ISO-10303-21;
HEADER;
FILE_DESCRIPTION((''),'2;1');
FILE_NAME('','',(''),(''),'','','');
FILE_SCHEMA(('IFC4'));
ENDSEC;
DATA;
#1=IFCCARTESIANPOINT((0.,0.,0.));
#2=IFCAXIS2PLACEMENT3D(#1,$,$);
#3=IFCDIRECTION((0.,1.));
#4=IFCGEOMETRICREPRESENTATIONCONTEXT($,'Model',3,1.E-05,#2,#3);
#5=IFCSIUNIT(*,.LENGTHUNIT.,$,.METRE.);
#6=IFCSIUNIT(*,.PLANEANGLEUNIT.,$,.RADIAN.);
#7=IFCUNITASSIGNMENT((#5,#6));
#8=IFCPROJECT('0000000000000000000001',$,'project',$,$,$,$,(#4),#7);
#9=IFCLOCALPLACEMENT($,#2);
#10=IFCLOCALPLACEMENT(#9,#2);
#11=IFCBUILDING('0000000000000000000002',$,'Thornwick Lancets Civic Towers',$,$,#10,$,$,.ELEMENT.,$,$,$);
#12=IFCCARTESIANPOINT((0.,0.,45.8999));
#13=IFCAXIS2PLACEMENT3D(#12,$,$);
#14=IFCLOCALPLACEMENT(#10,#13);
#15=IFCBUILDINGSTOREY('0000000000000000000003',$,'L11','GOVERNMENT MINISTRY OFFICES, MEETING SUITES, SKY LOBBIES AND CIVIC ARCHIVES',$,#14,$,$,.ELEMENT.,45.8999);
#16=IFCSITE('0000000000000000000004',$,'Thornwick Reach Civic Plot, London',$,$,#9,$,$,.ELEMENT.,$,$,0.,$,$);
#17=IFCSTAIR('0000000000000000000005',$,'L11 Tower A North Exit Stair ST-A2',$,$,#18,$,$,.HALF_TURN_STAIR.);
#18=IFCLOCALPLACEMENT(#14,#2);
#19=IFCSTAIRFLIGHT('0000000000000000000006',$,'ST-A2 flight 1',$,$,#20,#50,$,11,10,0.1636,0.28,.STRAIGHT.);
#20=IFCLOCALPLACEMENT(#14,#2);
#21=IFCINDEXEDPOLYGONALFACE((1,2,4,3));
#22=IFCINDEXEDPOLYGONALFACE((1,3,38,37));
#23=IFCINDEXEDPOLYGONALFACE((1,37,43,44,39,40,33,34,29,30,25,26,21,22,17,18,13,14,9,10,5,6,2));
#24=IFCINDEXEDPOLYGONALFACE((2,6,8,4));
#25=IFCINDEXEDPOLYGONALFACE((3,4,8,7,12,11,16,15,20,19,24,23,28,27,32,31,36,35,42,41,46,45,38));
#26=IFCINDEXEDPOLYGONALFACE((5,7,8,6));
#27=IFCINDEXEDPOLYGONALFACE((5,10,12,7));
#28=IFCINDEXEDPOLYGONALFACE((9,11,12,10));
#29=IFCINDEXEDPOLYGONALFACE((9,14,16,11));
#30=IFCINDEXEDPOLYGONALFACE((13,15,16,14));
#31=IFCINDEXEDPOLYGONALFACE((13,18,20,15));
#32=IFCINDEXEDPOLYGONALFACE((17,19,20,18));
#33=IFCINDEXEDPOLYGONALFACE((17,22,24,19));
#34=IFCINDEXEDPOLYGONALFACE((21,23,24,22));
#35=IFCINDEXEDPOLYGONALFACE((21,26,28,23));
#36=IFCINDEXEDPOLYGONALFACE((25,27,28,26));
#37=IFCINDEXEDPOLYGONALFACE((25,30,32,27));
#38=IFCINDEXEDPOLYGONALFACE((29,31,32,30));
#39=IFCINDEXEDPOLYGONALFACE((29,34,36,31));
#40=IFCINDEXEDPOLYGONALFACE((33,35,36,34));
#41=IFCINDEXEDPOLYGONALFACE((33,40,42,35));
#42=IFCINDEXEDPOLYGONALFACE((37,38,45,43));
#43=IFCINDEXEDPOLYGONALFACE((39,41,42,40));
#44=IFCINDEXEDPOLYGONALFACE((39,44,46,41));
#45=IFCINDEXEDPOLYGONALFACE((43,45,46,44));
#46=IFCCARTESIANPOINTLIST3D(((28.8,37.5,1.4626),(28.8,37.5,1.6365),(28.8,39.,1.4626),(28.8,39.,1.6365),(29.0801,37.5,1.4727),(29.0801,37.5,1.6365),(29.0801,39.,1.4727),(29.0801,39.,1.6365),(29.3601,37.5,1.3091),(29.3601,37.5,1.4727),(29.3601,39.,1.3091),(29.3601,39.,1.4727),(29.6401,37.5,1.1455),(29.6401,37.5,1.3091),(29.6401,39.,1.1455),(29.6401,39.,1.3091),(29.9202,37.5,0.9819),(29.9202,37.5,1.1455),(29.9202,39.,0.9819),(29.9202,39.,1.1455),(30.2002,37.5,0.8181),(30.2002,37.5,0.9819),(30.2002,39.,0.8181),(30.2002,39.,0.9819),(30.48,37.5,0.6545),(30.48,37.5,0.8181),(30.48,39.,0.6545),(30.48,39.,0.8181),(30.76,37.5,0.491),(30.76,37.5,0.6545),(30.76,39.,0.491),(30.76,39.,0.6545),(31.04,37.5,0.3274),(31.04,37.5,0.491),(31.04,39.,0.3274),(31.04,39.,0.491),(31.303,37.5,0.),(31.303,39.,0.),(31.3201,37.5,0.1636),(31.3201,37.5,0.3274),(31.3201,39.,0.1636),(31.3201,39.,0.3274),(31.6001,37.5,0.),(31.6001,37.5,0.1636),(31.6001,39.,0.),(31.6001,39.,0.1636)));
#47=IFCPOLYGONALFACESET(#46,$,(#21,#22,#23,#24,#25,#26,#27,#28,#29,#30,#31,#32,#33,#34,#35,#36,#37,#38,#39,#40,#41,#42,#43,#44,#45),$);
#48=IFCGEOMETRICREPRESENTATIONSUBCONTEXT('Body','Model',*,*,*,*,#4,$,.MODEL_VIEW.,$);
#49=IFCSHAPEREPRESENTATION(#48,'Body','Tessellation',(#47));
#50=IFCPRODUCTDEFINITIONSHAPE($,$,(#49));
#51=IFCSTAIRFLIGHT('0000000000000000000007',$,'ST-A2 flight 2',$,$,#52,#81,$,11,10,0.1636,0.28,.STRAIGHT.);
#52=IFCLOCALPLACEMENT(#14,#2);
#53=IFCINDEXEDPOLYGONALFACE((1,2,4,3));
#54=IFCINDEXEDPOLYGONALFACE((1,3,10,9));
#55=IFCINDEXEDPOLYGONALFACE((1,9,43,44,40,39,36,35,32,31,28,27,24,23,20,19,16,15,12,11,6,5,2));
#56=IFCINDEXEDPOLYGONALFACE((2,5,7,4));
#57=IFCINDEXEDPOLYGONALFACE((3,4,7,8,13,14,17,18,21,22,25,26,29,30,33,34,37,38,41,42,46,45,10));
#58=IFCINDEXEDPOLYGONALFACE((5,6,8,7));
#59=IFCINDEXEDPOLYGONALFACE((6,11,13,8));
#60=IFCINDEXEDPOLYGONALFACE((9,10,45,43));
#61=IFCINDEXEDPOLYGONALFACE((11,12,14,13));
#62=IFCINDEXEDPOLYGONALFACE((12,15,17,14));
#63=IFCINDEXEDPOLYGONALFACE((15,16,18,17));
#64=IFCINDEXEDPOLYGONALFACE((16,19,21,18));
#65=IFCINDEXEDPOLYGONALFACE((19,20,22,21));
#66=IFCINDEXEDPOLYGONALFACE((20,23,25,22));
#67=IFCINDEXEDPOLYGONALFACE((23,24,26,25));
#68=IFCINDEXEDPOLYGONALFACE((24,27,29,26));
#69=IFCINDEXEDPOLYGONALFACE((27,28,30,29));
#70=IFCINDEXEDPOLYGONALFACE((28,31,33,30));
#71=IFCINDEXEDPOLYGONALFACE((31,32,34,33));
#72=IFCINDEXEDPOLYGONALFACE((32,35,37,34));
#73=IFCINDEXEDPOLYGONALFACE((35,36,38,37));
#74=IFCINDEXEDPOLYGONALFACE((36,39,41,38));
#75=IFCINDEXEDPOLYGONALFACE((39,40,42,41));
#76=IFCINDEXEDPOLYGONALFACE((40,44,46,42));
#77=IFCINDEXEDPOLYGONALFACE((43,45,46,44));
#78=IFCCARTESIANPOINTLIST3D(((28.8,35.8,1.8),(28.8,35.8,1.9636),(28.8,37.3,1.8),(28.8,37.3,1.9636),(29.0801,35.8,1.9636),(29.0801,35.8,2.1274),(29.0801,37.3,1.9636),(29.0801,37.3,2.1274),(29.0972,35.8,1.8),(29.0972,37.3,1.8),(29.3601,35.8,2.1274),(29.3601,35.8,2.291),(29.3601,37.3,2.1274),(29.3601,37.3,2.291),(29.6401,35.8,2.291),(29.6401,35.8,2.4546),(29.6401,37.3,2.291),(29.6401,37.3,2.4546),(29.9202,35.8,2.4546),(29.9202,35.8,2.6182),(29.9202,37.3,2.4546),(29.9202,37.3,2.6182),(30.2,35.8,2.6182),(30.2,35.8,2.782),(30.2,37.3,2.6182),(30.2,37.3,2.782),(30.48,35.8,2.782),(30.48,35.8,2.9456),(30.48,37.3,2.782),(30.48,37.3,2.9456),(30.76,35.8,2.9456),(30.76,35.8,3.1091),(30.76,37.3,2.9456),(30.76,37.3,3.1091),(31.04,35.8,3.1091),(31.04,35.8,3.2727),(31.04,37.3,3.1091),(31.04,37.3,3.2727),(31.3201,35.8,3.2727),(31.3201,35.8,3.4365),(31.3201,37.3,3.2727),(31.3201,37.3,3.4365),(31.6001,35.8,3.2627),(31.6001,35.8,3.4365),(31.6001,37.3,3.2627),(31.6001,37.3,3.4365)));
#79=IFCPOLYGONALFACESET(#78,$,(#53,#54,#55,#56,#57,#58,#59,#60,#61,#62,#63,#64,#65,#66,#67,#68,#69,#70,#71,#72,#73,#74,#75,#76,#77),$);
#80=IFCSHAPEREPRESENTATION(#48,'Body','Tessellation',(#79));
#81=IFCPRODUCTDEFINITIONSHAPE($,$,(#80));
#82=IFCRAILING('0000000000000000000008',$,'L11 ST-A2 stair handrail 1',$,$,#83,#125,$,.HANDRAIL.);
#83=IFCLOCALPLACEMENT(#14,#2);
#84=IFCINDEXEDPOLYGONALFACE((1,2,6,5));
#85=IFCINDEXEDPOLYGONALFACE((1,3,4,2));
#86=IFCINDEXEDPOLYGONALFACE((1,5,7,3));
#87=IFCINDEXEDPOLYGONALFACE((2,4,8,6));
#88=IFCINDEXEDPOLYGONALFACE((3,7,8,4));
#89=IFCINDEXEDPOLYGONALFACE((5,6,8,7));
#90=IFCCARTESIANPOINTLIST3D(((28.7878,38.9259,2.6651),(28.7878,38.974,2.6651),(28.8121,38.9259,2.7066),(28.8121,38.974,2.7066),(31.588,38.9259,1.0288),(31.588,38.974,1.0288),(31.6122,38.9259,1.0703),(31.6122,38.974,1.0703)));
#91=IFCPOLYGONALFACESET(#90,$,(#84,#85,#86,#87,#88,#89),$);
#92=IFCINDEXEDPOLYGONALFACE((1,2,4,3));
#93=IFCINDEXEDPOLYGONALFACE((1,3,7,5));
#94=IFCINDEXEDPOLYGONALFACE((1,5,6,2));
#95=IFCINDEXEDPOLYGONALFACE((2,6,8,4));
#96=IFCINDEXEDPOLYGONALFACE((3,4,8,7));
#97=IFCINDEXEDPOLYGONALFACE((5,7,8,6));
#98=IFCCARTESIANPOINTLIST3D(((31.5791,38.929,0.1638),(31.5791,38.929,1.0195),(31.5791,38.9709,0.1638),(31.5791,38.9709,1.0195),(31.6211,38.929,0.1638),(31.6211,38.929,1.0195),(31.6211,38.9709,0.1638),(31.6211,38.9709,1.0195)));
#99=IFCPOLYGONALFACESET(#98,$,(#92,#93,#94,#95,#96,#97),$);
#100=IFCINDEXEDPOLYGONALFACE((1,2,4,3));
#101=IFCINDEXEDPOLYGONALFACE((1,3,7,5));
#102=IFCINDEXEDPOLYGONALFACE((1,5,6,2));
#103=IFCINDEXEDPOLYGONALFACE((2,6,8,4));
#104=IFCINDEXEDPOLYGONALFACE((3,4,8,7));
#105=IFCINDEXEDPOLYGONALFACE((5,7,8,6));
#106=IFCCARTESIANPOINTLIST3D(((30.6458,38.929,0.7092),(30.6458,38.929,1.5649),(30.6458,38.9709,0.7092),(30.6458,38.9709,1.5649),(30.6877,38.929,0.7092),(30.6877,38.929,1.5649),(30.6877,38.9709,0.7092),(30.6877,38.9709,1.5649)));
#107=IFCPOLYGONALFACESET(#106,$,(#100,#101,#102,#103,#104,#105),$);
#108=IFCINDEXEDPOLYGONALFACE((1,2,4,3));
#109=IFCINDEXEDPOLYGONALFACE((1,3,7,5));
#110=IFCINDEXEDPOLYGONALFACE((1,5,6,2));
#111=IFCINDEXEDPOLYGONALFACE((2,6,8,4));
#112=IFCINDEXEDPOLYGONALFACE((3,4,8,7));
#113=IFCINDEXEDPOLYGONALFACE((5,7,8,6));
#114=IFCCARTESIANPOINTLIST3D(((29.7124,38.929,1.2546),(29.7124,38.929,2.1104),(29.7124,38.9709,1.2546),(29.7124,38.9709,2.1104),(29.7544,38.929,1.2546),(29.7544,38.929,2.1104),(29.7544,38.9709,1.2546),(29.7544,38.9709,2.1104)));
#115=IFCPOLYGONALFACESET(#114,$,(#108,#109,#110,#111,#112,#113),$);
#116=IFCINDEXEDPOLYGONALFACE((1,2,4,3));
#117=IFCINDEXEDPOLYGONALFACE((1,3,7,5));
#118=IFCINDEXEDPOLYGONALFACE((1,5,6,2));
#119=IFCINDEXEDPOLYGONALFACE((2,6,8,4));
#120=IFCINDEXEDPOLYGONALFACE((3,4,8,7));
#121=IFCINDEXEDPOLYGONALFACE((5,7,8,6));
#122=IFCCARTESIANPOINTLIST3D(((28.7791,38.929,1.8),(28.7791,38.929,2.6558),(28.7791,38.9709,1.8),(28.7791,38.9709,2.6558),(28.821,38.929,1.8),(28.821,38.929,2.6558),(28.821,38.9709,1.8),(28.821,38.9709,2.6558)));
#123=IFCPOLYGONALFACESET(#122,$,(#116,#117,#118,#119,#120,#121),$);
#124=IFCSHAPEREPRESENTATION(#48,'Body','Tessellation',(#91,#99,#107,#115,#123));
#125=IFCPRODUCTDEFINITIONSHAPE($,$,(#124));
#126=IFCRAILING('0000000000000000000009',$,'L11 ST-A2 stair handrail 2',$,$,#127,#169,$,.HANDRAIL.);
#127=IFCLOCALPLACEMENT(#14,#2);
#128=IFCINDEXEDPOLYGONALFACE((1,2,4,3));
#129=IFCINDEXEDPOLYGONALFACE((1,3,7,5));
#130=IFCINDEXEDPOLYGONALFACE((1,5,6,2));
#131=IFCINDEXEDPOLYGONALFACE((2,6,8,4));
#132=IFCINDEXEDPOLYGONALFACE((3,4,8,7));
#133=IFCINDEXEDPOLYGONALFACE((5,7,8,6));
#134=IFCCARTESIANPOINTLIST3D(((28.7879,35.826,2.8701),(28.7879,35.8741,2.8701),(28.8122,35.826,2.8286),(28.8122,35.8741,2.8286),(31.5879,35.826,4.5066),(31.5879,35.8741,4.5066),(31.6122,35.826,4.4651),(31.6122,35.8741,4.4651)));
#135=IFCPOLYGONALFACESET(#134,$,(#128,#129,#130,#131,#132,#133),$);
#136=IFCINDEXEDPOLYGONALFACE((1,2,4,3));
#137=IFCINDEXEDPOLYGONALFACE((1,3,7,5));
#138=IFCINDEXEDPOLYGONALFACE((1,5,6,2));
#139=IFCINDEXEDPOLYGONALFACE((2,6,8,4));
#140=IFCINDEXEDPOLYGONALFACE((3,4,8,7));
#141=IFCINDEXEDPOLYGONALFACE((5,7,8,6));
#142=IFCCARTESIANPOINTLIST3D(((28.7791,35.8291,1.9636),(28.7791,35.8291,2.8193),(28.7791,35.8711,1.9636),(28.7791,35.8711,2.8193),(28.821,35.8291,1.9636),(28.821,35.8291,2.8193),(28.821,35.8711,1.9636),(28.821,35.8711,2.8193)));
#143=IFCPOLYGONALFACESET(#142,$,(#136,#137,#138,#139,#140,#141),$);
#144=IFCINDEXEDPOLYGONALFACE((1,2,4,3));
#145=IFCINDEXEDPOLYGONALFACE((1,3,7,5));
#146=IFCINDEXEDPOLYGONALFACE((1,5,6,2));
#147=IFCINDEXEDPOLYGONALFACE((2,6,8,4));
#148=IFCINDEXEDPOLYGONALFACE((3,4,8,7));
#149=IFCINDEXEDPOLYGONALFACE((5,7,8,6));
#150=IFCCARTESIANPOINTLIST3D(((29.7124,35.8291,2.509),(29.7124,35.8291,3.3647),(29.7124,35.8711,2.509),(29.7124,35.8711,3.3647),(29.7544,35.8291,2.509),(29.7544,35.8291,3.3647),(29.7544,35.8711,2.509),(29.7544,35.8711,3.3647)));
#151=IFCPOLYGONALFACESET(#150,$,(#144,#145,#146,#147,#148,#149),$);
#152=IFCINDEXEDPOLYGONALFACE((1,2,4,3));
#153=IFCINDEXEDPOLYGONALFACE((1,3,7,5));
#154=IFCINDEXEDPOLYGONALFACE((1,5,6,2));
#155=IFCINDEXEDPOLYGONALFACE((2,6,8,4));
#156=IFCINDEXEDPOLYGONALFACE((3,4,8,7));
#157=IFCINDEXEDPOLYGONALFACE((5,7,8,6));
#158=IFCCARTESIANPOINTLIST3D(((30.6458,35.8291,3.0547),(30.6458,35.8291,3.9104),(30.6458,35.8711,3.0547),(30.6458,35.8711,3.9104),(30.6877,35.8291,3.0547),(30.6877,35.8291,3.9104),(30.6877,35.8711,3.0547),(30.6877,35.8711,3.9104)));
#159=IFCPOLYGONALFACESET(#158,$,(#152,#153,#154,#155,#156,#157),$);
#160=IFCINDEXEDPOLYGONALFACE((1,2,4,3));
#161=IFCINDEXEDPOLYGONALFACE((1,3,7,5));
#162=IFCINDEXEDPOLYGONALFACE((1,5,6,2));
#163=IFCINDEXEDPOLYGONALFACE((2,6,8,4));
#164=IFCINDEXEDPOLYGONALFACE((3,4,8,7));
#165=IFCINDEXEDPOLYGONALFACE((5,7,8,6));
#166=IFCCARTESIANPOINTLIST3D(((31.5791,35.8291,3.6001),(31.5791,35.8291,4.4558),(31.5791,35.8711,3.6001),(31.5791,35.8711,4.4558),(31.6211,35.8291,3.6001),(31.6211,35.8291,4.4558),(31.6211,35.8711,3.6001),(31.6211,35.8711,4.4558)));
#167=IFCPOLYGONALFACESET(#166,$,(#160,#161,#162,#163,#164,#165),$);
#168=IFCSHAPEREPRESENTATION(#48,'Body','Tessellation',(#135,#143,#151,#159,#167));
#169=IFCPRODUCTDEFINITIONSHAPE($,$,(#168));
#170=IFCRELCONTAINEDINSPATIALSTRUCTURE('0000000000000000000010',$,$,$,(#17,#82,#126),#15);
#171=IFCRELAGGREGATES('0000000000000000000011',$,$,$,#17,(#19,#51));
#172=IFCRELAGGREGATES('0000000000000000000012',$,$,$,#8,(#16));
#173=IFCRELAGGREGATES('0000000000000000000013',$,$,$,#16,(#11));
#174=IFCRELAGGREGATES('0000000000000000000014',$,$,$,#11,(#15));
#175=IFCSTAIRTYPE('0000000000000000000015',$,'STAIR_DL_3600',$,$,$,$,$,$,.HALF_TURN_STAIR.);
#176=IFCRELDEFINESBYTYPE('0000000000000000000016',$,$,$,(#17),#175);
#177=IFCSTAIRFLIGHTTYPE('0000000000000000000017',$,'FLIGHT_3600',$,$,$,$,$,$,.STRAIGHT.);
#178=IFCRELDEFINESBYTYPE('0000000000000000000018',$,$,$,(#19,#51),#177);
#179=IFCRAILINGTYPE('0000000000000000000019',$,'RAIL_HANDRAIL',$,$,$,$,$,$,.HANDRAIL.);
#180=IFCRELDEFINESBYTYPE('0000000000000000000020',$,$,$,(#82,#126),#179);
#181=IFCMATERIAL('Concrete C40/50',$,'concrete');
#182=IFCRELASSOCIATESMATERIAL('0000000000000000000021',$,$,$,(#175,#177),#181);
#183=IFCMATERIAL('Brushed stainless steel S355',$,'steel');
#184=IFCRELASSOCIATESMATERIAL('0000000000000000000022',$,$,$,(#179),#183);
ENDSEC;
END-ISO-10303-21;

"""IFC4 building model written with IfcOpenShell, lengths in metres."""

from ifc_helpers import new_model, si_unit, direction, frame, origin, origin_2d, place, context, subcontext, project, spatial, polyline, rectangle, outline, extrude, material, type_object, element, aggregate, save


model = new_model("IFC4")

# Units and contexts
model_context = context("Model", 3, precision=1e-05, world=origin(), true_north=direction((0.0, 1.0)))
body_context = subcontext(model_context, "Body", "Model", "MODEL_VIEW")
ifc_project = project(units=[si_unit("LENGTHUNIT", "METRE"), si_unit("PLANEANGLEUNIT", "RADIAN")], contexts=[model_context])

# Site, building, storey
site_placement = place(None, origin())
site = spatial("IfcSite", under=ifc_project, at=site_placement, Name="Thornwick Reach Civic Plot, London", CompositionType="ELEMENT", RefElevation=0.0)
building_placement = place(site_placement, origin())
building = spatial("IfcBuilding", under=site, at=building_placement, Name="Thornwick Lancets Civic Towers", CompositionType="ELEMENT")
storey_placement = place(building_placement, frame((0.0, 0.0, 45.8999)))
storey = spatial("IfcBuildingStorey", under=building, at=storey_placement, Name="L11", Description="GOVERNMENT MINISTRY OFFICES, MEETING SUITES, SKY LOBBIES AND CIVIC ARCHIVES", CompositionType="ELEMENT", Elevation=45.8999)

# Shared definitions
ifc_material_1 = material(Name="Concrete C40/50", Category="concrete")

# Stair, stair flights
stair_type = type_object("IfcStairType", Name="STAIR_DL_3600", PredefinedType="HALF_TURN_STAIR", material=ifc_material_1)
stair_placement = place(storey_placement, origin())
stair = element("IfcStair", 1, at=stair_placement, inside=storey, type_object=stair_type, Name="L11 Tower A North Exit Stair ST-A2", PredefinedType="HALF_TURN_STAIR")
stair_flight_type = type_object("IfcStairFlightType", Name="FLIGHT_3600", PredefinedType="STRAIGHT", material=ifc_material_1)
stair_flight_1_placement = place(storey_placement, frame((31.6001, 38.25, 0.0), z_axis=(0.0, 0.0, 1.0), x_axis=(-1.0, 0.0, 0.0)))
stair_flight_1 = element("IfcStairFlight", 2, at=stair_flight_1_placement, type_object=stair_flight_type, Name="ST-A2 flight 1", NumberOfRisers=11, NumberOfTreads=10, PredefinedType="STRAIGHT", RiserHeight=0.1636, TreadLength=0.28, context=body_context, shape_type="SweptSolid", body=[
    extrude(outline(polyline([(0.0, 0.0), (0.0, 0.1636), (0.28, 0.1636), (0.28, 0.3274), (0.5601, 0.3274), (0.5601, 0.491), (0.8401, 0.491), (0.8401, 0.6545), (1.1201, 0.6545), (1.1201, 0.8181), (1.3999, 0.8181), (1.3999, 0.9819), (1.6799, 0.9819), (1.6799, 1.1455), (1.96, 1.1455), (1.96, 1.3091), (2.24, 1.3091), (2.24, 1.4727), (2.52, 1.4727), (2.52, 1.6365), (2.8, 1.6365), (2.8, 1.8), (2.8, 1.4626), (0.2971, 0.0), (0.0, 0.0)])), frame((0.0, 0.75, 0.0), z_axis=(0.0, -1.0, 0.0), x_axis=(1.0, 0.0, 0.0)), (0.0, 0.0, 1.0), 1.5),
])
stair_flight_2_placement = place(storey_placement, frame((28.8, 36.55, 1.8), z_axis=(0.0, 0.0, 1.0), x_axis=(1.0, 0.0, 0.0)))
stair_flight_2 = element("IfcStairFlight", 3, at=stair_flight_2_placement, type_object=stair_flight_type, Name="ST-A2 flight 2", NumberOfRisers=11, NumberOfTreads=10, PredefinedType="STRAIGHT", RiserHeight=0.1636, TreadLength=0.28, context=body_context, shape_type="SweptSolid", body=[
    extrude(outline(polyline([(0.0, 0.0), (0.0, 0.1636), (0.28, 0.1636), (0.28, 0.3274), (0.5601, 0.3274), (0.5601, 0.491), (0.8401, 0.491), (0.8401, 0.6545), (1.1201, 0.6545), (1.1201, 0.8181), (1.3999, 0.8181), (1.3999, 0.9819), (1.6799, 0.9819), (1.6799, 1.1455), (1.96, 1.1455), (1.96, 1.3091), (2.24, 1.3091), (2.24, 1.4727), (2.52, 1.4727), (2.52, 1.6365), (2.8, 1.6365), (2.8, 1.8), (2.8, 1.4626), (0.2971, 0.0), (0.0, 0.0)])), frame((0.0, 0.75, 0.0), z_axis=(0.0, -1.0, 0.0), x_axis=(1.0, 0.0, 0.0)), (0.0, 0.0, 1.0), 1.5),
])
aggregate(stair, [stair_flight_1, stair_flight_2])

# Railings
ifc_material_2 = material(Name="Brushed stainless steel S355", Category="steel")
railing_type_1 = type_object("IfcRailingType", Name="RAIL_HANDRAIL", PredefinedType="HANDRAIL", material=ifc_material_2)
railing_1_placement = place(storey_placement, frame((31.6001, 38.95, 0.1638)))
element("IfcRailing", 4, at=railing_1_placement, inside=storey, type_object=railing_type_1, Name="L11 ST-A2 stair handrail 1", PredefinedType="HANDRAIL", context=body_context, shape_type="SweptSolid", body=[
    extrude(rectangle(XDim=0.0481, YDim=0.0481, at=origin_2d()), frame((0.0, 0.0, 0.8857), z_axis=(-0.863394, 0.0, 0.504531), x_axis=(0.0, -1.0, 0.0)), (0.0, 0.0, 1.0), 3.2432),
    extrude(rectangle(XDim=0.042, YDim=0.042, at=origin_2d()), origin(), (0.0, 0.0, 1.0), 0.8557),
    extrude(rectangle(XDim=0.042, YDim=0.042, at=origin_2d()), frame((-0.9333, 0.0, 0.5454)), (0.0, 0.0, 1.0), 0.8557),
    extrude(rectangle(XDim=0.042, YDim=0.042, at=origin_2d()), frame((-1.8667, 0.0, 1.0908)), (0.0, 0.0, 1.0), 0.8557),
    extrude(rectangle(XDim=0.042, YDim=0.042, at=origin_2d()), frame((-2.8, 0.0, 1.6362)), (0.0, 0.0, 1.0), 0.8557),
])
railing_2_placement = place(storey_placement, frame((28.8, 35.8501, 1.9636)))
element("IfcRailing", 5, at=railing_2_placement, inside=storey, type_object=railing_type_1, Name="L11 ST-A2 stair handrail 2", PredefinedType="HANDRAIL", context=body_context, shape_type="SweptSolid", body=[
    extrude(rectangle(XDim=0.0481, YDim=0.0481, at=origin_2d()), frame((0.0, 0.0, 0.8857), z_axis=(0.863361, 0.0, 0.504587), x_axis=(0.0, 1.0, 0.0)), (0.0, 0.0, 1.0), 3.2432),
    extrude(rectangle(XDim=0.042, YDim=0.042, at=origin_2d()), origin(), (0.0, 0.0, 1.0), 0.8557),
    extrude(rectangle(XDim=0.042, YDim=0.042, at=origin_2d()), frame((0.9333, 0.0, 0.5454)), (0.0, 0.0, 1.0), 0.8557),
    extrude(rectangle(XDim=0.042, YDim=0.042, at=origin_2d()), frame((1.8667, 0.0, 1.0911)), (0.0, 0.0, 1.0), 0.8557),
    extrude(rectangle(XDim=0.042, YDim=0.042, at=origin_2d()), frame((2.8, 0.0, 1.6365)), (0.0, 0.0, 1.0), 0.8557),
])

save(model, "model.ifc")
